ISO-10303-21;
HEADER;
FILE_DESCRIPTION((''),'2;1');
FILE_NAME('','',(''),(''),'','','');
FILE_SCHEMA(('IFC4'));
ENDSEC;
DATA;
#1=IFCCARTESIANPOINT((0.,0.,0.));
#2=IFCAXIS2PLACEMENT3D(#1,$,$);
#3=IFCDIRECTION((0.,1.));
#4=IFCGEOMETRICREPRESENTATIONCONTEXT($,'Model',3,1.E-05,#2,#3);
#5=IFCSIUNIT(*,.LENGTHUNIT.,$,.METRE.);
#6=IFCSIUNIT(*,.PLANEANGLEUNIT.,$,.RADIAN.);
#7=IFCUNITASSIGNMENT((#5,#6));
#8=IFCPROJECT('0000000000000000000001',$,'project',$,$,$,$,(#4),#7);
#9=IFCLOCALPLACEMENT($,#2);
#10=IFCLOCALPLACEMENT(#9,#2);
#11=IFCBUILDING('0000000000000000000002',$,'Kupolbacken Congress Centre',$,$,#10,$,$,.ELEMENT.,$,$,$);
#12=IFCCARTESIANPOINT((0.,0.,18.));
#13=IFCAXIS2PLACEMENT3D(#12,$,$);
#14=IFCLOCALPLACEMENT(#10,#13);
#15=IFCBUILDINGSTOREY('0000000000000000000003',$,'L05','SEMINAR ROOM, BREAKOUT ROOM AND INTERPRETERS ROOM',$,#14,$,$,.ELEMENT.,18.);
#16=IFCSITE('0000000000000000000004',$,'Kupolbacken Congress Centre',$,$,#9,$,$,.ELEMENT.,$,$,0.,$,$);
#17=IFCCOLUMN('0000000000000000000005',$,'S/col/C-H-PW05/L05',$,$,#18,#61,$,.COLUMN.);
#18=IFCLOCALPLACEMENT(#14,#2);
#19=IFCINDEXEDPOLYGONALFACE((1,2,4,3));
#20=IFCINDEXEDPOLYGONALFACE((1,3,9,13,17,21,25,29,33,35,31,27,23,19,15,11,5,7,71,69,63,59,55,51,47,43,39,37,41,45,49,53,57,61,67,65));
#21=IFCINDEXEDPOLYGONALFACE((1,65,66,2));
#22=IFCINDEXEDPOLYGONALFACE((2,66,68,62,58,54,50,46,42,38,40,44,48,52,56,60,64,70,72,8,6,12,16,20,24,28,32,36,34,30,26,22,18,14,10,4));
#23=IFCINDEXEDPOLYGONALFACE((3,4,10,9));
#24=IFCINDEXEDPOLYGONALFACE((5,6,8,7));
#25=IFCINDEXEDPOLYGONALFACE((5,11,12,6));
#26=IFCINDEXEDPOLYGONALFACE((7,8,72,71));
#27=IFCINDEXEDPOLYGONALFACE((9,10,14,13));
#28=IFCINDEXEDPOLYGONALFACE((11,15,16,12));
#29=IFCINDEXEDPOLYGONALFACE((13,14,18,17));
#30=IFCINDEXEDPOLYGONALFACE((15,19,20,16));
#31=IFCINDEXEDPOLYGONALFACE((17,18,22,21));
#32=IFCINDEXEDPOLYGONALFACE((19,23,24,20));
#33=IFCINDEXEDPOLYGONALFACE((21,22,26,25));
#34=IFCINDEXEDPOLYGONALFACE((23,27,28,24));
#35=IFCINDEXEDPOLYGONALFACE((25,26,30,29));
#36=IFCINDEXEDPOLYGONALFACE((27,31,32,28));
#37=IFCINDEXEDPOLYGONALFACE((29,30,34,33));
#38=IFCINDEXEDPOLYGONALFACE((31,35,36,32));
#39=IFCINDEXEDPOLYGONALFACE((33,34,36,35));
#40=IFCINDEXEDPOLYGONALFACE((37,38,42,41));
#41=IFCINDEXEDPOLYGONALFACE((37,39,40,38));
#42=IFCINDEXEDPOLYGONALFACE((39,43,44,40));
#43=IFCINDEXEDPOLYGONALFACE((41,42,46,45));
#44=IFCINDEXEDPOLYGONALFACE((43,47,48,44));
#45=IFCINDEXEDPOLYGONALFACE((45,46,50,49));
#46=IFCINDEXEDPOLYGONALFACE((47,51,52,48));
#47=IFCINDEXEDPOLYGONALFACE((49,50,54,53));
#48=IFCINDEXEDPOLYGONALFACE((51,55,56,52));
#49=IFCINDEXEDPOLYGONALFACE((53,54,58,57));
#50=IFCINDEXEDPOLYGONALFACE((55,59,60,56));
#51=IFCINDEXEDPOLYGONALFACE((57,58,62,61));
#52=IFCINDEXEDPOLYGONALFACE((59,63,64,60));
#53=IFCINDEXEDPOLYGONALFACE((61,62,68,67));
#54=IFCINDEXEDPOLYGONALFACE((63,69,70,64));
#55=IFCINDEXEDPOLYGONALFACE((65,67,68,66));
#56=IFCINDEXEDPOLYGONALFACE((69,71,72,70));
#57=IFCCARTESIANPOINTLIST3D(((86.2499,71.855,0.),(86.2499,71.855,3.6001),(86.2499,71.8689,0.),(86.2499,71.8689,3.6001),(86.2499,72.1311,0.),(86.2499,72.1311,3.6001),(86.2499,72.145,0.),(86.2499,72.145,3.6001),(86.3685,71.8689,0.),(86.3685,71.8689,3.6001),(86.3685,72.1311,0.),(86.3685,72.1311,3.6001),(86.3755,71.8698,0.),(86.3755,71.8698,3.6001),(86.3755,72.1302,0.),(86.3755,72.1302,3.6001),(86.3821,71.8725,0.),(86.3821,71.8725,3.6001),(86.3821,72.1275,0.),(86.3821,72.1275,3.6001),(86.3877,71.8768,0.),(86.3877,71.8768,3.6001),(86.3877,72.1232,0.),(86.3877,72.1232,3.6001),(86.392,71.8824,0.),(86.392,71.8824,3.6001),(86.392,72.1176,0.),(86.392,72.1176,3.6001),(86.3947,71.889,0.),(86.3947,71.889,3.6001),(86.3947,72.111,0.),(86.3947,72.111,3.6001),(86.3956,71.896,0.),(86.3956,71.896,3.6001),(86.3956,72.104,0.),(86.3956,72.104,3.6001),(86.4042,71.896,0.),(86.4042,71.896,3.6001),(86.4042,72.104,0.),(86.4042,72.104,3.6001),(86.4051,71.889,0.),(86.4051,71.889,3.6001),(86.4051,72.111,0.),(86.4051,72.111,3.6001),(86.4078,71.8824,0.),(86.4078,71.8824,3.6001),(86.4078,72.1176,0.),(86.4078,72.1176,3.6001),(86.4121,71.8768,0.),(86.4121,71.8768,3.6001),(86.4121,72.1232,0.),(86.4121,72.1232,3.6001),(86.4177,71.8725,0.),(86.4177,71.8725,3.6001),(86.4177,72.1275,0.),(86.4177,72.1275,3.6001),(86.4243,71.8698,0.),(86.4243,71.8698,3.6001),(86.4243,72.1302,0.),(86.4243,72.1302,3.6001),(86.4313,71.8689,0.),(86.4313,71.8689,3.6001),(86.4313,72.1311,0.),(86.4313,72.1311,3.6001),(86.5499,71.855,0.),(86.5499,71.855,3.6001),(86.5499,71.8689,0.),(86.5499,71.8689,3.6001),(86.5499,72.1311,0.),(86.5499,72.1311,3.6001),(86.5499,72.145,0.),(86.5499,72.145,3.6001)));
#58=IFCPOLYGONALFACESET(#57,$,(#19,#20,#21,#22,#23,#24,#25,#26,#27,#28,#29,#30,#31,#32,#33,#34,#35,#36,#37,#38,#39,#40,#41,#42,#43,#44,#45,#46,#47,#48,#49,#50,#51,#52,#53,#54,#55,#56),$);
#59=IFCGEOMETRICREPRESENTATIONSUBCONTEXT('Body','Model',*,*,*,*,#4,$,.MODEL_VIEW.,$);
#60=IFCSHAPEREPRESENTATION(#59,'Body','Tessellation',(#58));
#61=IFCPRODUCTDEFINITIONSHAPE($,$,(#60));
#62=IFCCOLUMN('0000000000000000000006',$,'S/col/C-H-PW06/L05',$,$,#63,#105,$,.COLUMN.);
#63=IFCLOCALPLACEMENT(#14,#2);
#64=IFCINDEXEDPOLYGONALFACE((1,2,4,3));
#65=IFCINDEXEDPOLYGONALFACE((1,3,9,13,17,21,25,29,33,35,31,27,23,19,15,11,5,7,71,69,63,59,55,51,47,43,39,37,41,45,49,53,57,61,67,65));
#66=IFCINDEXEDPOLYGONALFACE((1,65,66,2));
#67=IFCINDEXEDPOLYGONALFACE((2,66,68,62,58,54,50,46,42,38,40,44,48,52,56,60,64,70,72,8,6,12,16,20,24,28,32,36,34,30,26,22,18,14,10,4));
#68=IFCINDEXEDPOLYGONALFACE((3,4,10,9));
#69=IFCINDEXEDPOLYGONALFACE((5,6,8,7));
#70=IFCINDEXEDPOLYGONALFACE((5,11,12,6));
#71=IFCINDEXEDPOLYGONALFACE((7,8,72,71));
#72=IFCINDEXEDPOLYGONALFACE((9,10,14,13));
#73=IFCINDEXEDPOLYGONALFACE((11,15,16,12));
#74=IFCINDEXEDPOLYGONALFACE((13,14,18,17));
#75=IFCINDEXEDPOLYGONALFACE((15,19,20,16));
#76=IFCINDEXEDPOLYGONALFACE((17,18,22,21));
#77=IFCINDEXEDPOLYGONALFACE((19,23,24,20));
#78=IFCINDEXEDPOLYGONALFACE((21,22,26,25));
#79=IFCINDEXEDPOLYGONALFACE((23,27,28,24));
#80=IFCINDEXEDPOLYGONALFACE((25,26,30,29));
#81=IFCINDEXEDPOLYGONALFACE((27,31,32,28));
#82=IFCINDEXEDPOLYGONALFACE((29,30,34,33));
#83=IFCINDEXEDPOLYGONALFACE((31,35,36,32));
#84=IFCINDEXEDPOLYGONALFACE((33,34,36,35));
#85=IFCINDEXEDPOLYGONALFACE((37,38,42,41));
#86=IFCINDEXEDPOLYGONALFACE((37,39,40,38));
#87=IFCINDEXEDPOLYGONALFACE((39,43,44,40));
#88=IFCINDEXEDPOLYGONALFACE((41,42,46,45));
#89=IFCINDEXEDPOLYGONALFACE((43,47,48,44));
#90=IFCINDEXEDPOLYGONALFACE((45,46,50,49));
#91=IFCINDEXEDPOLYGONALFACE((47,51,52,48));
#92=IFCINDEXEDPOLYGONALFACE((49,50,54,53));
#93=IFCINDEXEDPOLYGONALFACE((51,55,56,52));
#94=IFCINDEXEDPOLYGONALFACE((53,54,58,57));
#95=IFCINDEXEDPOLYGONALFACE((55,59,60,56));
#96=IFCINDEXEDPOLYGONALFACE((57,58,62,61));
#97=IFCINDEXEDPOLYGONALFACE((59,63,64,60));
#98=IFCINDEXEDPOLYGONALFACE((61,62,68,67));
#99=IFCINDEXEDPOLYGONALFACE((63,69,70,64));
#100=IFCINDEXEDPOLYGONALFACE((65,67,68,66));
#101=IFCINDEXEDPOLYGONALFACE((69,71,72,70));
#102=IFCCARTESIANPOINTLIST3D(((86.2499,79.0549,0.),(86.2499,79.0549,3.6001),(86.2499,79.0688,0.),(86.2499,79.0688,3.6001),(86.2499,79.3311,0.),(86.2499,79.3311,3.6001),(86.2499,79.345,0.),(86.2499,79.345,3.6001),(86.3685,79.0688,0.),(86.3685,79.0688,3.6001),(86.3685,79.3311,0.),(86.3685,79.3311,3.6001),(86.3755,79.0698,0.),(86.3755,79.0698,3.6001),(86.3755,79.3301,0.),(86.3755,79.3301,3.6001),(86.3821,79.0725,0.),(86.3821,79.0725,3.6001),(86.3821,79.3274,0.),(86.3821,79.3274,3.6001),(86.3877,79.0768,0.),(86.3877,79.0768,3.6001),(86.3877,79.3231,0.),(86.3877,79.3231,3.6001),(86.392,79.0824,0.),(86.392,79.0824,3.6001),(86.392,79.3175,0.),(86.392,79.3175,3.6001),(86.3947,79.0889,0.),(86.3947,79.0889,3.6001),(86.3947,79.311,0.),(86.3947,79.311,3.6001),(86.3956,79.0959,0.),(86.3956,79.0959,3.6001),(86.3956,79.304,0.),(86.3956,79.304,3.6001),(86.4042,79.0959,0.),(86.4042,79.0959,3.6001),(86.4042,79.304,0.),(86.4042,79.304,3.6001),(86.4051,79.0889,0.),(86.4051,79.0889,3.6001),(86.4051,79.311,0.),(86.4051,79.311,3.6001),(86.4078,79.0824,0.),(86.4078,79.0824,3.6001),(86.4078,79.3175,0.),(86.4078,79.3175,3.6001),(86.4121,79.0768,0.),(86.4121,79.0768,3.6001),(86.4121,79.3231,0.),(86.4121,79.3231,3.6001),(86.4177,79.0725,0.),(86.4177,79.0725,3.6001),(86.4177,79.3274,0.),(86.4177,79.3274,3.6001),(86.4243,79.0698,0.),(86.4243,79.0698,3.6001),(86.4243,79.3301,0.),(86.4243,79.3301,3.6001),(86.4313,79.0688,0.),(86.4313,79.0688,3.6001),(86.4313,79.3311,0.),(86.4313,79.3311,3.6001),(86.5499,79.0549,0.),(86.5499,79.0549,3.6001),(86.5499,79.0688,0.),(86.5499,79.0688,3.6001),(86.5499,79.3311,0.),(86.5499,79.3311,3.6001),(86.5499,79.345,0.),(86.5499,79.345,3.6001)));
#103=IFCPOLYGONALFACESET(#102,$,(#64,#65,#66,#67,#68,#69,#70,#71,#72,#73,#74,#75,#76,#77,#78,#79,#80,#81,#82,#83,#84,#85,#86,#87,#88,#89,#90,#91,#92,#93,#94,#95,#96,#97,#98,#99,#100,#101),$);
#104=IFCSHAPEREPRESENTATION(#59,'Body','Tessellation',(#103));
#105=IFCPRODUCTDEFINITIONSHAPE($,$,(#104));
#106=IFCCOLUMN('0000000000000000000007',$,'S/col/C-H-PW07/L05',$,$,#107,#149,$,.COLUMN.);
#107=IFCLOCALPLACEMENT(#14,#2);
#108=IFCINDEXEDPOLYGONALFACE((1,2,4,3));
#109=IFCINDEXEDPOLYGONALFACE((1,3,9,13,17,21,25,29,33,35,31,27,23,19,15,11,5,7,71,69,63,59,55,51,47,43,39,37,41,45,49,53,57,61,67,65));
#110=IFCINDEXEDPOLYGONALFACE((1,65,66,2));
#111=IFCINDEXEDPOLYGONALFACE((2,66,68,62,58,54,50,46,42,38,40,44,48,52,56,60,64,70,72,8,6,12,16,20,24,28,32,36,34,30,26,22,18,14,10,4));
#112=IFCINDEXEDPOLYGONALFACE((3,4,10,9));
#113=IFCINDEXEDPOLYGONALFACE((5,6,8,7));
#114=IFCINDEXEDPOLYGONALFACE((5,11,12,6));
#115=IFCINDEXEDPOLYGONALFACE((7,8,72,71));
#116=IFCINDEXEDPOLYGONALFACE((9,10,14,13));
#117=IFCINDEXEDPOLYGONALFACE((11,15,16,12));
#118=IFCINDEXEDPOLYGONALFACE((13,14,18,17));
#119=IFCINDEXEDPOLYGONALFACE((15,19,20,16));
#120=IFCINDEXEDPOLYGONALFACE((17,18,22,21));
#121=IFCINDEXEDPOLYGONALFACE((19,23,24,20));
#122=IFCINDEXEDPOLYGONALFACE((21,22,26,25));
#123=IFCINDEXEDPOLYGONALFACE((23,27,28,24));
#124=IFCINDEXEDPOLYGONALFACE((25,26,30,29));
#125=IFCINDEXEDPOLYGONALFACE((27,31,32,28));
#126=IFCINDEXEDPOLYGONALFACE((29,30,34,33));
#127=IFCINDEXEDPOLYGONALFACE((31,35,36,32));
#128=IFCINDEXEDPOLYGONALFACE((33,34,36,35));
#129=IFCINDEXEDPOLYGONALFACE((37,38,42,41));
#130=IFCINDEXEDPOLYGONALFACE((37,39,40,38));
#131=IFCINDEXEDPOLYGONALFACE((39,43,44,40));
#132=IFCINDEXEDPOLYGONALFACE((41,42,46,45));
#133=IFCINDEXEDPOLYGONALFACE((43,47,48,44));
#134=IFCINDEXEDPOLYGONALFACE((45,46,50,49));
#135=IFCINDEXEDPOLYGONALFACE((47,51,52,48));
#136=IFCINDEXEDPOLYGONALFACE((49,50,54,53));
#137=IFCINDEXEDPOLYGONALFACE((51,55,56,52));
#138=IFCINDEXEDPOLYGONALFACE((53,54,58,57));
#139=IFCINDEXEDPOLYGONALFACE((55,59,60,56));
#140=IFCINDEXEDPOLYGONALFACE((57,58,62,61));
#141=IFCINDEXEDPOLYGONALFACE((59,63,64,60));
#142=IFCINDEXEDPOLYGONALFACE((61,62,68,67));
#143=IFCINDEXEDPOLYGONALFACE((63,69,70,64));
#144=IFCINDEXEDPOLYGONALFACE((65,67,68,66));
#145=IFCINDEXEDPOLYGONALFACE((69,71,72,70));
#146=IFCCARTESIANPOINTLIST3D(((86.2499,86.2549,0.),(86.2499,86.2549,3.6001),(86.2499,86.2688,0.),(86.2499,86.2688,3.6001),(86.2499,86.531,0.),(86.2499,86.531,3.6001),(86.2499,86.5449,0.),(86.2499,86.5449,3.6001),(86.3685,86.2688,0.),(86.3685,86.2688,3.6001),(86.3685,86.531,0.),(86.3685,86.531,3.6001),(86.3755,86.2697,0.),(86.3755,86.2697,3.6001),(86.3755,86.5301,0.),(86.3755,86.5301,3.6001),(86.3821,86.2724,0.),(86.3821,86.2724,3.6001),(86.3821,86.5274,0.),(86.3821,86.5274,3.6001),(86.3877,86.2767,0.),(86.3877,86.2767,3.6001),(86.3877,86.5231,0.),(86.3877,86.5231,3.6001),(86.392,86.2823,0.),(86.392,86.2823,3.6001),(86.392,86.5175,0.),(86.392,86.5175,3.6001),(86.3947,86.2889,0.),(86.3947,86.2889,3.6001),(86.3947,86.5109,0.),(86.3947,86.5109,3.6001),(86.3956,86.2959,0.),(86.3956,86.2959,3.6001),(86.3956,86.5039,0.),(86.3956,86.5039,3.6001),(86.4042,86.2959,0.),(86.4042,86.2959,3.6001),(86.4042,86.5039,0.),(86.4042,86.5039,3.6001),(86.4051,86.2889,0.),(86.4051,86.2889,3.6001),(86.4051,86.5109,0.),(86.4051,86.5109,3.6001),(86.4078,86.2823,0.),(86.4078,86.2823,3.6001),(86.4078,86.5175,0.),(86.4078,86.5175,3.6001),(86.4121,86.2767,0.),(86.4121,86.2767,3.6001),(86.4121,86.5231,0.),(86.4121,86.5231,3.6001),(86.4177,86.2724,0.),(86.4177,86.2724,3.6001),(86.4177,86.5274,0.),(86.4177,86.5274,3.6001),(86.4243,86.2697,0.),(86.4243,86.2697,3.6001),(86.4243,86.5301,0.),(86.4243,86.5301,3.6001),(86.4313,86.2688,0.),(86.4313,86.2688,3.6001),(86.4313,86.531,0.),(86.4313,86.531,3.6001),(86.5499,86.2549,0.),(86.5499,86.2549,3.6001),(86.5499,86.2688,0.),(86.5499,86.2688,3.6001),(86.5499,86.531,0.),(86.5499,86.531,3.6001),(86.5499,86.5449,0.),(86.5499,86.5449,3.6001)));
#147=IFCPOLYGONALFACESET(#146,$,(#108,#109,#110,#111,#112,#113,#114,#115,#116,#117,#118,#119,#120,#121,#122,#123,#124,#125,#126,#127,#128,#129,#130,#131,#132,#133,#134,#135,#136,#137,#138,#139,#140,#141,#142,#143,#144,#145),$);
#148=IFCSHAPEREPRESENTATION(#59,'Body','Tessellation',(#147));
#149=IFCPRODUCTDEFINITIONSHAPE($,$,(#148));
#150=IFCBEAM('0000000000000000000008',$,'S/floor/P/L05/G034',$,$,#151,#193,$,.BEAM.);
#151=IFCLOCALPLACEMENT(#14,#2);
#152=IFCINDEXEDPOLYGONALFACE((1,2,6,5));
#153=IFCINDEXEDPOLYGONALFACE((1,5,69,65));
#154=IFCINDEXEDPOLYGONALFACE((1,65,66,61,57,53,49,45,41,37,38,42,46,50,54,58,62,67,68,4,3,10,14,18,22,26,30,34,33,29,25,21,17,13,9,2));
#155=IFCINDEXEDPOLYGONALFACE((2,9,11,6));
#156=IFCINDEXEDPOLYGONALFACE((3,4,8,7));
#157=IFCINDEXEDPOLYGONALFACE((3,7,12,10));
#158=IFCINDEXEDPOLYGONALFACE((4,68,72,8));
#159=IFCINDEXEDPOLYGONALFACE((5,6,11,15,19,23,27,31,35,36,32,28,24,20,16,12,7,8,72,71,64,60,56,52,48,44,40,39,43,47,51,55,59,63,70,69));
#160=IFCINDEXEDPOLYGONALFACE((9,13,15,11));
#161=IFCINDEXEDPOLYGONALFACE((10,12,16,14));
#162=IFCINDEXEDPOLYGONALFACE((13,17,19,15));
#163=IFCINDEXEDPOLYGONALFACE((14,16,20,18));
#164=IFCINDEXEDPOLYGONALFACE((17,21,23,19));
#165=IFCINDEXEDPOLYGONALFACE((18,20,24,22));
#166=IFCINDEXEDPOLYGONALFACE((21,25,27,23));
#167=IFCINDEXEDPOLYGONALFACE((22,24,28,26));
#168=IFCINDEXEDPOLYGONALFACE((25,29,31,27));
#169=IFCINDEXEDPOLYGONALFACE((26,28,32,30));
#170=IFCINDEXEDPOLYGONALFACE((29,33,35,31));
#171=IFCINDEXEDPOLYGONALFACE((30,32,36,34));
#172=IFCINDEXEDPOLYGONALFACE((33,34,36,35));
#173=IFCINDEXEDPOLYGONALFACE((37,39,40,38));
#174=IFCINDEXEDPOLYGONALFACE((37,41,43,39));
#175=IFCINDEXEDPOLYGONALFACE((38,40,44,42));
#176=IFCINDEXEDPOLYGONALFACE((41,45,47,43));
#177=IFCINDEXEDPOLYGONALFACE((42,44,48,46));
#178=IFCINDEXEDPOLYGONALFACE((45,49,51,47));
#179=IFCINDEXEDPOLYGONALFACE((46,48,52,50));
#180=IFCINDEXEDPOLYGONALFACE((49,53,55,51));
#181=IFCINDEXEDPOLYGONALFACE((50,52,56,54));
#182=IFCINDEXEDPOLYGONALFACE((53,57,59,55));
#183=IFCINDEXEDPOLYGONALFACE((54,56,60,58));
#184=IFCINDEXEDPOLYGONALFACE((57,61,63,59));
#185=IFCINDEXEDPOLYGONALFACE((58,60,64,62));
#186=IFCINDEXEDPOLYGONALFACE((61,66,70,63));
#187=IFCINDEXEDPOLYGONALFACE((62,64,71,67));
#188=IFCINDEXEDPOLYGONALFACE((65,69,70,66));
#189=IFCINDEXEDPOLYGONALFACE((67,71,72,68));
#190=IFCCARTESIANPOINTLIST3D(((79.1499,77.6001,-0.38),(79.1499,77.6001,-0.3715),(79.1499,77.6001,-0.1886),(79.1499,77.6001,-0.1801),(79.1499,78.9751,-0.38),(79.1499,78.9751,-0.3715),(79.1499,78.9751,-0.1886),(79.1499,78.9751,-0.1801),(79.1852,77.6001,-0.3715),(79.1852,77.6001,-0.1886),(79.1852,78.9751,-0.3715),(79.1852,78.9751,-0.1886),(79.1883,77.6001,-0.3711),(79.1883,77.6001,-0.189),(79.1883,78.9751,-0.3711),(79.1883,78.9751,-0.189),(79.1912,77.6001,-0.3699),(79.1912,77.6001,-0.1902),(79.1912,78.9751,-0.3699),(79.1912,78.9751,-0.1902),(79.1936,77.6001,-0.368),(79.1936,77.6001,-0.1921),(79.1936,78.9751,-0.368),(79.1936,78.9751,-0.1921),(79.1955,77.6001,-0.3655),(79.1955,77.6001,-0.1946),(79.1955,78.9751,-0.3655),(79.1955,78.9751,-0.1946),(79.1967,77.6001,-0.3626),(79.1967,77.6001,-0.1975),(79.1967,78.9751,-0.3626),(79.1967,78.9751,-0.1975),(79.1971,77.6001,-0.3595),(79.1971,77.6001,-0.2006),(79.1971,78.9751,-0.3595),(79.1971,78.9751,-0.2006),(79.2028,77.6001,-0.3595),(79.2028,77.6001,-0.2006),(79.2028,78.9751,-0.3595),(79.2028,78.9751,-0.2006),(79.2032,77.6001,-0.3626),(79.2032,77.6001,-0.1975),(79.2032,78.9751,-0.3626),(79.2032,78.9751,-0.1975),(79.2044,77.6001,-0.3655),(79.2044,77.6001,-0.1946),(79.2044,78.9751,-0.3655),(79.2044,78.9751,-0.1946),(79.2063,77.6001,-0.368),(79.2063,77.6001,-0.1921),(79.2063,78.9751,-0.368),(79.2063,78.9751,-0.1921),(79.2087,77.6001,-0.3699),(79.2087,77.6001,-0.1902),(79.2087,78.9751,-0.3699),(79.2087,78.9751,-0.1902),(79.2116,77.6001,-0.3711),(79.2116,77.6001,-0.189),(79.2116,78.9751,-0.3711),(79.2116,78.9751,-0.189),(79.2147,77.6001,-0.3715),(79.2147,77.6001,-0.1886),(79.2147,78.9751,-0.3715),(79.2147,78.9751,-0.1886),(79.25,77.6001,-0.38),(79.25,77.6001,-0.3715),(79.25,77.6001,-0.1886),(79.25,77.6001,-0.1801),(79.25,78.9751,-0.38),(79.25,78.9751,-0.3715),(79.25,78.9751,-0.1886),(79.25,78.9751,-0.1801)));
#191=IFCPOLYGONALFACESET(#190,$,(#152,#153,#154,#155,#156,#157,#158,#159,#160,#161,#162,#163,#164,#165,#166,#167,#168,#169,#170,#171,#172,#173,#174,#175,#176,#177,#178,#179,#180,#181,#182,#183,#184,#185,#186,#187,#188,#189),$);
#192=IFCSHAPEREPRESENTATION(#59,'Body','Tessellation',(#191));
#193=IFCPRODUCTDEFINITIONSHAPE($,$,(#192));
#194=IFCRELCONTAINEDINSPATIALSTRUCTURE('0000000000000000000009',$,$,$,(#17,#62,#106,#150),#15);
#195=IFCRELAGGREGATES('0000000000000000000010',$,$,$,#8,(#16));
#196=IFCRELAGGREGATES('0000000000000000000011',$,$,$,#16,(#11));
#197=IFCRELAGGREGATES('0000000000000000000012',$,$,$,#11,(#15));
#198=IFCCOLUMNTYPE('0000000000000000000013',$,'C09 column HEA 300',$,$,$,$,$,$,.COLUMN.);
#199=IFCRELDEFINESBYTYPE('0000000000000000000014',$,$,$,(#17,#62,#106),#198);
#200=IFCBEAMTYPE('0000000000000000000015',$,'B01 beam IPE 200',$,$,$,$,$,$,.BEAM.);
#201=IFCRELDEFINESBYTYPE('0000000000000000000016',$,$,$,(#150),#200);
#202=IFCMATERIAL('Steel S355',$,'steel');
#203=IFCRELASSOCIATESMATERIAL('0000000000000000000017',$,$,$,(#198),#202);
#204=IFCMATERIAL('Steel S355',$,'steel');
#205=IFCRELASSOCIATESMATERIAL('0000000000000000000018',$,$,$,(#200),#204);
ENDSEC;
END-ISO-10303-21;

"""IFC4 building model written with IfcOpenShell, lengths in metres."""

from ifc_helpers import new_model, si_unit, direction, frame, origin, origin_2d, place, context, subcontext, project, spatial, i_section, extrude, material, material_profile, profile_set, type_object, element, save


model = new_model("IFC4")

# Units and contexts
model_context = context("Model", 3, precision=1e-05, world=origin(), true_north=direction((0.0, 1.0)))
body_context = subcontext(model_context, "Body", "Model", "MODEL_VIEW")
ifc_project = project(units=[si_unit("LENGTHUNIT", "METRE"), si_unit("PLANEANGLEUNIT", "RADIAN")], contexts=[model_context])

# Site, building, storey
site_placement = place(None, origin())
site = spatial("IfcSite", under=ifc_project, at=site_placement, Name="Kupolbacken Congress Centre", CompositionType="ELEMENT", RefElevation=0.0)
building_placement = place(site_placement, origin())
building = spatial("IfcBuilding", under=site, at=building_placement, Name="Kupolbacken Congress Centre", CompositionType="ELEMENT")
storey_placement = place(building_placement, frame((0.0, 0.0, 18.0)))
storey = spatial("IfcBuildingStorey", under=building, at=storey_placement, Name="L05", Description="SEMINAR ROOM, BREAKOUT ROOM AND INTERPRETERS ROOM", CompositionType="ELEMENT", Elevation=18.0)

# Columns
ifc_material_1 = material(Name="Steel S355", Category="steel")
ifc_material_profile_1 = material_profile(ifc_material_1, i_section(OverallWidth=0.3, OverallDepth=0.29, WebThickness=0.0085, FlangeThickness=0.0139, FilletRadius=0.0271, at=origin_2d()), Name="HEA 300")
ifc_profile_set_1 = profile_set([ifc_material_profile_1], Name="Steel S355")
column_type = type_object("IfcColumnType", Name="C09 column HEA 300", PredefinedType="COLUMN", material=ifc_profile_set_1)
for number, where, z_axis, x_axis, name in (
    (1, (86.3999, 72.0, 0.0), (0.0, 0.0, 1.0), (1.0, 0.0, 0.0), "S/col/C-H-PW05/L05"),
    (2, (86.3999, 79.2, 0.0), (0.0, 0.0, 1.0), (1.0, 0.0, 0.0), "S/col/C-H-PW06/L05"),
    (3, (86.3999, 86.3999, 0.0), (0.0, 0.0, 1.0), (1.0, 0.0, 0.0), "S/col/C-H-PW07/L05"),
):
    element("IfcColumn", number, at=place(storey_placement, frame(where, z_axis=z_axis, x_axis=x_axis)), inside=storey, type_object=column_type, Name=name, PredefinedType="COLUMN", context=body_context, shape_type="SweptSolid", body=[
        extrude(i_section(OverallWidth=0.3, OverallDepth=0.29, WebThickness=0.0085, FlangeThickness=0.0139, FilletRadius=0.0271, at=origin_2d()), origin(), (0.0, 0.0, 1.0), 3.6001),
    ])

# Beam
ifc_material_2 = material(Name="Steel S355", Category="steel")
ifc_material_profile_2 = material_profile(ifc_material_2, i_section(OverallWidth=0.1001, OverallDepth=0.2, WebThickness=0.0056, FlangeThickness=0.0085, FilletRadius=0.012, at=origin_2d()), Name="IPE 200")
ifc_profile_set_2 = profile_set([ifc_material_profile_2], Name="Steel S355")
beam_type_1 = type_object("IfcBeamType", Name="B01 beam IPE 200", PredefinedType="BEAM", material=ifc_profile_set_2)
beam_1_placement = place(storey_placement, frame((79.2, 77.6001, -0.28), z_axis=(0.0, 1.0, 0.0), x_axis=(-1.0, 0.0, 0.0)))
element("IfcBeam", 4, at=beam_1_placement, inside=storey, type_object=beam_type_1, Name="S/floor/P/L05/G034", PredefinedType="BEAM", context=body_context, shape_type="SweptSolid", body=[
    extrude(i_section(OverallWidth=0.1001, OverallDepth=0.2, WebThickness=0.0056, FlangeThickness=0.0085, FilletRadius=0.012, at=origin_2d()), origin(), (0.0, 0.0, 1.0), 1.375),
])

save(model, "model.ifc")
